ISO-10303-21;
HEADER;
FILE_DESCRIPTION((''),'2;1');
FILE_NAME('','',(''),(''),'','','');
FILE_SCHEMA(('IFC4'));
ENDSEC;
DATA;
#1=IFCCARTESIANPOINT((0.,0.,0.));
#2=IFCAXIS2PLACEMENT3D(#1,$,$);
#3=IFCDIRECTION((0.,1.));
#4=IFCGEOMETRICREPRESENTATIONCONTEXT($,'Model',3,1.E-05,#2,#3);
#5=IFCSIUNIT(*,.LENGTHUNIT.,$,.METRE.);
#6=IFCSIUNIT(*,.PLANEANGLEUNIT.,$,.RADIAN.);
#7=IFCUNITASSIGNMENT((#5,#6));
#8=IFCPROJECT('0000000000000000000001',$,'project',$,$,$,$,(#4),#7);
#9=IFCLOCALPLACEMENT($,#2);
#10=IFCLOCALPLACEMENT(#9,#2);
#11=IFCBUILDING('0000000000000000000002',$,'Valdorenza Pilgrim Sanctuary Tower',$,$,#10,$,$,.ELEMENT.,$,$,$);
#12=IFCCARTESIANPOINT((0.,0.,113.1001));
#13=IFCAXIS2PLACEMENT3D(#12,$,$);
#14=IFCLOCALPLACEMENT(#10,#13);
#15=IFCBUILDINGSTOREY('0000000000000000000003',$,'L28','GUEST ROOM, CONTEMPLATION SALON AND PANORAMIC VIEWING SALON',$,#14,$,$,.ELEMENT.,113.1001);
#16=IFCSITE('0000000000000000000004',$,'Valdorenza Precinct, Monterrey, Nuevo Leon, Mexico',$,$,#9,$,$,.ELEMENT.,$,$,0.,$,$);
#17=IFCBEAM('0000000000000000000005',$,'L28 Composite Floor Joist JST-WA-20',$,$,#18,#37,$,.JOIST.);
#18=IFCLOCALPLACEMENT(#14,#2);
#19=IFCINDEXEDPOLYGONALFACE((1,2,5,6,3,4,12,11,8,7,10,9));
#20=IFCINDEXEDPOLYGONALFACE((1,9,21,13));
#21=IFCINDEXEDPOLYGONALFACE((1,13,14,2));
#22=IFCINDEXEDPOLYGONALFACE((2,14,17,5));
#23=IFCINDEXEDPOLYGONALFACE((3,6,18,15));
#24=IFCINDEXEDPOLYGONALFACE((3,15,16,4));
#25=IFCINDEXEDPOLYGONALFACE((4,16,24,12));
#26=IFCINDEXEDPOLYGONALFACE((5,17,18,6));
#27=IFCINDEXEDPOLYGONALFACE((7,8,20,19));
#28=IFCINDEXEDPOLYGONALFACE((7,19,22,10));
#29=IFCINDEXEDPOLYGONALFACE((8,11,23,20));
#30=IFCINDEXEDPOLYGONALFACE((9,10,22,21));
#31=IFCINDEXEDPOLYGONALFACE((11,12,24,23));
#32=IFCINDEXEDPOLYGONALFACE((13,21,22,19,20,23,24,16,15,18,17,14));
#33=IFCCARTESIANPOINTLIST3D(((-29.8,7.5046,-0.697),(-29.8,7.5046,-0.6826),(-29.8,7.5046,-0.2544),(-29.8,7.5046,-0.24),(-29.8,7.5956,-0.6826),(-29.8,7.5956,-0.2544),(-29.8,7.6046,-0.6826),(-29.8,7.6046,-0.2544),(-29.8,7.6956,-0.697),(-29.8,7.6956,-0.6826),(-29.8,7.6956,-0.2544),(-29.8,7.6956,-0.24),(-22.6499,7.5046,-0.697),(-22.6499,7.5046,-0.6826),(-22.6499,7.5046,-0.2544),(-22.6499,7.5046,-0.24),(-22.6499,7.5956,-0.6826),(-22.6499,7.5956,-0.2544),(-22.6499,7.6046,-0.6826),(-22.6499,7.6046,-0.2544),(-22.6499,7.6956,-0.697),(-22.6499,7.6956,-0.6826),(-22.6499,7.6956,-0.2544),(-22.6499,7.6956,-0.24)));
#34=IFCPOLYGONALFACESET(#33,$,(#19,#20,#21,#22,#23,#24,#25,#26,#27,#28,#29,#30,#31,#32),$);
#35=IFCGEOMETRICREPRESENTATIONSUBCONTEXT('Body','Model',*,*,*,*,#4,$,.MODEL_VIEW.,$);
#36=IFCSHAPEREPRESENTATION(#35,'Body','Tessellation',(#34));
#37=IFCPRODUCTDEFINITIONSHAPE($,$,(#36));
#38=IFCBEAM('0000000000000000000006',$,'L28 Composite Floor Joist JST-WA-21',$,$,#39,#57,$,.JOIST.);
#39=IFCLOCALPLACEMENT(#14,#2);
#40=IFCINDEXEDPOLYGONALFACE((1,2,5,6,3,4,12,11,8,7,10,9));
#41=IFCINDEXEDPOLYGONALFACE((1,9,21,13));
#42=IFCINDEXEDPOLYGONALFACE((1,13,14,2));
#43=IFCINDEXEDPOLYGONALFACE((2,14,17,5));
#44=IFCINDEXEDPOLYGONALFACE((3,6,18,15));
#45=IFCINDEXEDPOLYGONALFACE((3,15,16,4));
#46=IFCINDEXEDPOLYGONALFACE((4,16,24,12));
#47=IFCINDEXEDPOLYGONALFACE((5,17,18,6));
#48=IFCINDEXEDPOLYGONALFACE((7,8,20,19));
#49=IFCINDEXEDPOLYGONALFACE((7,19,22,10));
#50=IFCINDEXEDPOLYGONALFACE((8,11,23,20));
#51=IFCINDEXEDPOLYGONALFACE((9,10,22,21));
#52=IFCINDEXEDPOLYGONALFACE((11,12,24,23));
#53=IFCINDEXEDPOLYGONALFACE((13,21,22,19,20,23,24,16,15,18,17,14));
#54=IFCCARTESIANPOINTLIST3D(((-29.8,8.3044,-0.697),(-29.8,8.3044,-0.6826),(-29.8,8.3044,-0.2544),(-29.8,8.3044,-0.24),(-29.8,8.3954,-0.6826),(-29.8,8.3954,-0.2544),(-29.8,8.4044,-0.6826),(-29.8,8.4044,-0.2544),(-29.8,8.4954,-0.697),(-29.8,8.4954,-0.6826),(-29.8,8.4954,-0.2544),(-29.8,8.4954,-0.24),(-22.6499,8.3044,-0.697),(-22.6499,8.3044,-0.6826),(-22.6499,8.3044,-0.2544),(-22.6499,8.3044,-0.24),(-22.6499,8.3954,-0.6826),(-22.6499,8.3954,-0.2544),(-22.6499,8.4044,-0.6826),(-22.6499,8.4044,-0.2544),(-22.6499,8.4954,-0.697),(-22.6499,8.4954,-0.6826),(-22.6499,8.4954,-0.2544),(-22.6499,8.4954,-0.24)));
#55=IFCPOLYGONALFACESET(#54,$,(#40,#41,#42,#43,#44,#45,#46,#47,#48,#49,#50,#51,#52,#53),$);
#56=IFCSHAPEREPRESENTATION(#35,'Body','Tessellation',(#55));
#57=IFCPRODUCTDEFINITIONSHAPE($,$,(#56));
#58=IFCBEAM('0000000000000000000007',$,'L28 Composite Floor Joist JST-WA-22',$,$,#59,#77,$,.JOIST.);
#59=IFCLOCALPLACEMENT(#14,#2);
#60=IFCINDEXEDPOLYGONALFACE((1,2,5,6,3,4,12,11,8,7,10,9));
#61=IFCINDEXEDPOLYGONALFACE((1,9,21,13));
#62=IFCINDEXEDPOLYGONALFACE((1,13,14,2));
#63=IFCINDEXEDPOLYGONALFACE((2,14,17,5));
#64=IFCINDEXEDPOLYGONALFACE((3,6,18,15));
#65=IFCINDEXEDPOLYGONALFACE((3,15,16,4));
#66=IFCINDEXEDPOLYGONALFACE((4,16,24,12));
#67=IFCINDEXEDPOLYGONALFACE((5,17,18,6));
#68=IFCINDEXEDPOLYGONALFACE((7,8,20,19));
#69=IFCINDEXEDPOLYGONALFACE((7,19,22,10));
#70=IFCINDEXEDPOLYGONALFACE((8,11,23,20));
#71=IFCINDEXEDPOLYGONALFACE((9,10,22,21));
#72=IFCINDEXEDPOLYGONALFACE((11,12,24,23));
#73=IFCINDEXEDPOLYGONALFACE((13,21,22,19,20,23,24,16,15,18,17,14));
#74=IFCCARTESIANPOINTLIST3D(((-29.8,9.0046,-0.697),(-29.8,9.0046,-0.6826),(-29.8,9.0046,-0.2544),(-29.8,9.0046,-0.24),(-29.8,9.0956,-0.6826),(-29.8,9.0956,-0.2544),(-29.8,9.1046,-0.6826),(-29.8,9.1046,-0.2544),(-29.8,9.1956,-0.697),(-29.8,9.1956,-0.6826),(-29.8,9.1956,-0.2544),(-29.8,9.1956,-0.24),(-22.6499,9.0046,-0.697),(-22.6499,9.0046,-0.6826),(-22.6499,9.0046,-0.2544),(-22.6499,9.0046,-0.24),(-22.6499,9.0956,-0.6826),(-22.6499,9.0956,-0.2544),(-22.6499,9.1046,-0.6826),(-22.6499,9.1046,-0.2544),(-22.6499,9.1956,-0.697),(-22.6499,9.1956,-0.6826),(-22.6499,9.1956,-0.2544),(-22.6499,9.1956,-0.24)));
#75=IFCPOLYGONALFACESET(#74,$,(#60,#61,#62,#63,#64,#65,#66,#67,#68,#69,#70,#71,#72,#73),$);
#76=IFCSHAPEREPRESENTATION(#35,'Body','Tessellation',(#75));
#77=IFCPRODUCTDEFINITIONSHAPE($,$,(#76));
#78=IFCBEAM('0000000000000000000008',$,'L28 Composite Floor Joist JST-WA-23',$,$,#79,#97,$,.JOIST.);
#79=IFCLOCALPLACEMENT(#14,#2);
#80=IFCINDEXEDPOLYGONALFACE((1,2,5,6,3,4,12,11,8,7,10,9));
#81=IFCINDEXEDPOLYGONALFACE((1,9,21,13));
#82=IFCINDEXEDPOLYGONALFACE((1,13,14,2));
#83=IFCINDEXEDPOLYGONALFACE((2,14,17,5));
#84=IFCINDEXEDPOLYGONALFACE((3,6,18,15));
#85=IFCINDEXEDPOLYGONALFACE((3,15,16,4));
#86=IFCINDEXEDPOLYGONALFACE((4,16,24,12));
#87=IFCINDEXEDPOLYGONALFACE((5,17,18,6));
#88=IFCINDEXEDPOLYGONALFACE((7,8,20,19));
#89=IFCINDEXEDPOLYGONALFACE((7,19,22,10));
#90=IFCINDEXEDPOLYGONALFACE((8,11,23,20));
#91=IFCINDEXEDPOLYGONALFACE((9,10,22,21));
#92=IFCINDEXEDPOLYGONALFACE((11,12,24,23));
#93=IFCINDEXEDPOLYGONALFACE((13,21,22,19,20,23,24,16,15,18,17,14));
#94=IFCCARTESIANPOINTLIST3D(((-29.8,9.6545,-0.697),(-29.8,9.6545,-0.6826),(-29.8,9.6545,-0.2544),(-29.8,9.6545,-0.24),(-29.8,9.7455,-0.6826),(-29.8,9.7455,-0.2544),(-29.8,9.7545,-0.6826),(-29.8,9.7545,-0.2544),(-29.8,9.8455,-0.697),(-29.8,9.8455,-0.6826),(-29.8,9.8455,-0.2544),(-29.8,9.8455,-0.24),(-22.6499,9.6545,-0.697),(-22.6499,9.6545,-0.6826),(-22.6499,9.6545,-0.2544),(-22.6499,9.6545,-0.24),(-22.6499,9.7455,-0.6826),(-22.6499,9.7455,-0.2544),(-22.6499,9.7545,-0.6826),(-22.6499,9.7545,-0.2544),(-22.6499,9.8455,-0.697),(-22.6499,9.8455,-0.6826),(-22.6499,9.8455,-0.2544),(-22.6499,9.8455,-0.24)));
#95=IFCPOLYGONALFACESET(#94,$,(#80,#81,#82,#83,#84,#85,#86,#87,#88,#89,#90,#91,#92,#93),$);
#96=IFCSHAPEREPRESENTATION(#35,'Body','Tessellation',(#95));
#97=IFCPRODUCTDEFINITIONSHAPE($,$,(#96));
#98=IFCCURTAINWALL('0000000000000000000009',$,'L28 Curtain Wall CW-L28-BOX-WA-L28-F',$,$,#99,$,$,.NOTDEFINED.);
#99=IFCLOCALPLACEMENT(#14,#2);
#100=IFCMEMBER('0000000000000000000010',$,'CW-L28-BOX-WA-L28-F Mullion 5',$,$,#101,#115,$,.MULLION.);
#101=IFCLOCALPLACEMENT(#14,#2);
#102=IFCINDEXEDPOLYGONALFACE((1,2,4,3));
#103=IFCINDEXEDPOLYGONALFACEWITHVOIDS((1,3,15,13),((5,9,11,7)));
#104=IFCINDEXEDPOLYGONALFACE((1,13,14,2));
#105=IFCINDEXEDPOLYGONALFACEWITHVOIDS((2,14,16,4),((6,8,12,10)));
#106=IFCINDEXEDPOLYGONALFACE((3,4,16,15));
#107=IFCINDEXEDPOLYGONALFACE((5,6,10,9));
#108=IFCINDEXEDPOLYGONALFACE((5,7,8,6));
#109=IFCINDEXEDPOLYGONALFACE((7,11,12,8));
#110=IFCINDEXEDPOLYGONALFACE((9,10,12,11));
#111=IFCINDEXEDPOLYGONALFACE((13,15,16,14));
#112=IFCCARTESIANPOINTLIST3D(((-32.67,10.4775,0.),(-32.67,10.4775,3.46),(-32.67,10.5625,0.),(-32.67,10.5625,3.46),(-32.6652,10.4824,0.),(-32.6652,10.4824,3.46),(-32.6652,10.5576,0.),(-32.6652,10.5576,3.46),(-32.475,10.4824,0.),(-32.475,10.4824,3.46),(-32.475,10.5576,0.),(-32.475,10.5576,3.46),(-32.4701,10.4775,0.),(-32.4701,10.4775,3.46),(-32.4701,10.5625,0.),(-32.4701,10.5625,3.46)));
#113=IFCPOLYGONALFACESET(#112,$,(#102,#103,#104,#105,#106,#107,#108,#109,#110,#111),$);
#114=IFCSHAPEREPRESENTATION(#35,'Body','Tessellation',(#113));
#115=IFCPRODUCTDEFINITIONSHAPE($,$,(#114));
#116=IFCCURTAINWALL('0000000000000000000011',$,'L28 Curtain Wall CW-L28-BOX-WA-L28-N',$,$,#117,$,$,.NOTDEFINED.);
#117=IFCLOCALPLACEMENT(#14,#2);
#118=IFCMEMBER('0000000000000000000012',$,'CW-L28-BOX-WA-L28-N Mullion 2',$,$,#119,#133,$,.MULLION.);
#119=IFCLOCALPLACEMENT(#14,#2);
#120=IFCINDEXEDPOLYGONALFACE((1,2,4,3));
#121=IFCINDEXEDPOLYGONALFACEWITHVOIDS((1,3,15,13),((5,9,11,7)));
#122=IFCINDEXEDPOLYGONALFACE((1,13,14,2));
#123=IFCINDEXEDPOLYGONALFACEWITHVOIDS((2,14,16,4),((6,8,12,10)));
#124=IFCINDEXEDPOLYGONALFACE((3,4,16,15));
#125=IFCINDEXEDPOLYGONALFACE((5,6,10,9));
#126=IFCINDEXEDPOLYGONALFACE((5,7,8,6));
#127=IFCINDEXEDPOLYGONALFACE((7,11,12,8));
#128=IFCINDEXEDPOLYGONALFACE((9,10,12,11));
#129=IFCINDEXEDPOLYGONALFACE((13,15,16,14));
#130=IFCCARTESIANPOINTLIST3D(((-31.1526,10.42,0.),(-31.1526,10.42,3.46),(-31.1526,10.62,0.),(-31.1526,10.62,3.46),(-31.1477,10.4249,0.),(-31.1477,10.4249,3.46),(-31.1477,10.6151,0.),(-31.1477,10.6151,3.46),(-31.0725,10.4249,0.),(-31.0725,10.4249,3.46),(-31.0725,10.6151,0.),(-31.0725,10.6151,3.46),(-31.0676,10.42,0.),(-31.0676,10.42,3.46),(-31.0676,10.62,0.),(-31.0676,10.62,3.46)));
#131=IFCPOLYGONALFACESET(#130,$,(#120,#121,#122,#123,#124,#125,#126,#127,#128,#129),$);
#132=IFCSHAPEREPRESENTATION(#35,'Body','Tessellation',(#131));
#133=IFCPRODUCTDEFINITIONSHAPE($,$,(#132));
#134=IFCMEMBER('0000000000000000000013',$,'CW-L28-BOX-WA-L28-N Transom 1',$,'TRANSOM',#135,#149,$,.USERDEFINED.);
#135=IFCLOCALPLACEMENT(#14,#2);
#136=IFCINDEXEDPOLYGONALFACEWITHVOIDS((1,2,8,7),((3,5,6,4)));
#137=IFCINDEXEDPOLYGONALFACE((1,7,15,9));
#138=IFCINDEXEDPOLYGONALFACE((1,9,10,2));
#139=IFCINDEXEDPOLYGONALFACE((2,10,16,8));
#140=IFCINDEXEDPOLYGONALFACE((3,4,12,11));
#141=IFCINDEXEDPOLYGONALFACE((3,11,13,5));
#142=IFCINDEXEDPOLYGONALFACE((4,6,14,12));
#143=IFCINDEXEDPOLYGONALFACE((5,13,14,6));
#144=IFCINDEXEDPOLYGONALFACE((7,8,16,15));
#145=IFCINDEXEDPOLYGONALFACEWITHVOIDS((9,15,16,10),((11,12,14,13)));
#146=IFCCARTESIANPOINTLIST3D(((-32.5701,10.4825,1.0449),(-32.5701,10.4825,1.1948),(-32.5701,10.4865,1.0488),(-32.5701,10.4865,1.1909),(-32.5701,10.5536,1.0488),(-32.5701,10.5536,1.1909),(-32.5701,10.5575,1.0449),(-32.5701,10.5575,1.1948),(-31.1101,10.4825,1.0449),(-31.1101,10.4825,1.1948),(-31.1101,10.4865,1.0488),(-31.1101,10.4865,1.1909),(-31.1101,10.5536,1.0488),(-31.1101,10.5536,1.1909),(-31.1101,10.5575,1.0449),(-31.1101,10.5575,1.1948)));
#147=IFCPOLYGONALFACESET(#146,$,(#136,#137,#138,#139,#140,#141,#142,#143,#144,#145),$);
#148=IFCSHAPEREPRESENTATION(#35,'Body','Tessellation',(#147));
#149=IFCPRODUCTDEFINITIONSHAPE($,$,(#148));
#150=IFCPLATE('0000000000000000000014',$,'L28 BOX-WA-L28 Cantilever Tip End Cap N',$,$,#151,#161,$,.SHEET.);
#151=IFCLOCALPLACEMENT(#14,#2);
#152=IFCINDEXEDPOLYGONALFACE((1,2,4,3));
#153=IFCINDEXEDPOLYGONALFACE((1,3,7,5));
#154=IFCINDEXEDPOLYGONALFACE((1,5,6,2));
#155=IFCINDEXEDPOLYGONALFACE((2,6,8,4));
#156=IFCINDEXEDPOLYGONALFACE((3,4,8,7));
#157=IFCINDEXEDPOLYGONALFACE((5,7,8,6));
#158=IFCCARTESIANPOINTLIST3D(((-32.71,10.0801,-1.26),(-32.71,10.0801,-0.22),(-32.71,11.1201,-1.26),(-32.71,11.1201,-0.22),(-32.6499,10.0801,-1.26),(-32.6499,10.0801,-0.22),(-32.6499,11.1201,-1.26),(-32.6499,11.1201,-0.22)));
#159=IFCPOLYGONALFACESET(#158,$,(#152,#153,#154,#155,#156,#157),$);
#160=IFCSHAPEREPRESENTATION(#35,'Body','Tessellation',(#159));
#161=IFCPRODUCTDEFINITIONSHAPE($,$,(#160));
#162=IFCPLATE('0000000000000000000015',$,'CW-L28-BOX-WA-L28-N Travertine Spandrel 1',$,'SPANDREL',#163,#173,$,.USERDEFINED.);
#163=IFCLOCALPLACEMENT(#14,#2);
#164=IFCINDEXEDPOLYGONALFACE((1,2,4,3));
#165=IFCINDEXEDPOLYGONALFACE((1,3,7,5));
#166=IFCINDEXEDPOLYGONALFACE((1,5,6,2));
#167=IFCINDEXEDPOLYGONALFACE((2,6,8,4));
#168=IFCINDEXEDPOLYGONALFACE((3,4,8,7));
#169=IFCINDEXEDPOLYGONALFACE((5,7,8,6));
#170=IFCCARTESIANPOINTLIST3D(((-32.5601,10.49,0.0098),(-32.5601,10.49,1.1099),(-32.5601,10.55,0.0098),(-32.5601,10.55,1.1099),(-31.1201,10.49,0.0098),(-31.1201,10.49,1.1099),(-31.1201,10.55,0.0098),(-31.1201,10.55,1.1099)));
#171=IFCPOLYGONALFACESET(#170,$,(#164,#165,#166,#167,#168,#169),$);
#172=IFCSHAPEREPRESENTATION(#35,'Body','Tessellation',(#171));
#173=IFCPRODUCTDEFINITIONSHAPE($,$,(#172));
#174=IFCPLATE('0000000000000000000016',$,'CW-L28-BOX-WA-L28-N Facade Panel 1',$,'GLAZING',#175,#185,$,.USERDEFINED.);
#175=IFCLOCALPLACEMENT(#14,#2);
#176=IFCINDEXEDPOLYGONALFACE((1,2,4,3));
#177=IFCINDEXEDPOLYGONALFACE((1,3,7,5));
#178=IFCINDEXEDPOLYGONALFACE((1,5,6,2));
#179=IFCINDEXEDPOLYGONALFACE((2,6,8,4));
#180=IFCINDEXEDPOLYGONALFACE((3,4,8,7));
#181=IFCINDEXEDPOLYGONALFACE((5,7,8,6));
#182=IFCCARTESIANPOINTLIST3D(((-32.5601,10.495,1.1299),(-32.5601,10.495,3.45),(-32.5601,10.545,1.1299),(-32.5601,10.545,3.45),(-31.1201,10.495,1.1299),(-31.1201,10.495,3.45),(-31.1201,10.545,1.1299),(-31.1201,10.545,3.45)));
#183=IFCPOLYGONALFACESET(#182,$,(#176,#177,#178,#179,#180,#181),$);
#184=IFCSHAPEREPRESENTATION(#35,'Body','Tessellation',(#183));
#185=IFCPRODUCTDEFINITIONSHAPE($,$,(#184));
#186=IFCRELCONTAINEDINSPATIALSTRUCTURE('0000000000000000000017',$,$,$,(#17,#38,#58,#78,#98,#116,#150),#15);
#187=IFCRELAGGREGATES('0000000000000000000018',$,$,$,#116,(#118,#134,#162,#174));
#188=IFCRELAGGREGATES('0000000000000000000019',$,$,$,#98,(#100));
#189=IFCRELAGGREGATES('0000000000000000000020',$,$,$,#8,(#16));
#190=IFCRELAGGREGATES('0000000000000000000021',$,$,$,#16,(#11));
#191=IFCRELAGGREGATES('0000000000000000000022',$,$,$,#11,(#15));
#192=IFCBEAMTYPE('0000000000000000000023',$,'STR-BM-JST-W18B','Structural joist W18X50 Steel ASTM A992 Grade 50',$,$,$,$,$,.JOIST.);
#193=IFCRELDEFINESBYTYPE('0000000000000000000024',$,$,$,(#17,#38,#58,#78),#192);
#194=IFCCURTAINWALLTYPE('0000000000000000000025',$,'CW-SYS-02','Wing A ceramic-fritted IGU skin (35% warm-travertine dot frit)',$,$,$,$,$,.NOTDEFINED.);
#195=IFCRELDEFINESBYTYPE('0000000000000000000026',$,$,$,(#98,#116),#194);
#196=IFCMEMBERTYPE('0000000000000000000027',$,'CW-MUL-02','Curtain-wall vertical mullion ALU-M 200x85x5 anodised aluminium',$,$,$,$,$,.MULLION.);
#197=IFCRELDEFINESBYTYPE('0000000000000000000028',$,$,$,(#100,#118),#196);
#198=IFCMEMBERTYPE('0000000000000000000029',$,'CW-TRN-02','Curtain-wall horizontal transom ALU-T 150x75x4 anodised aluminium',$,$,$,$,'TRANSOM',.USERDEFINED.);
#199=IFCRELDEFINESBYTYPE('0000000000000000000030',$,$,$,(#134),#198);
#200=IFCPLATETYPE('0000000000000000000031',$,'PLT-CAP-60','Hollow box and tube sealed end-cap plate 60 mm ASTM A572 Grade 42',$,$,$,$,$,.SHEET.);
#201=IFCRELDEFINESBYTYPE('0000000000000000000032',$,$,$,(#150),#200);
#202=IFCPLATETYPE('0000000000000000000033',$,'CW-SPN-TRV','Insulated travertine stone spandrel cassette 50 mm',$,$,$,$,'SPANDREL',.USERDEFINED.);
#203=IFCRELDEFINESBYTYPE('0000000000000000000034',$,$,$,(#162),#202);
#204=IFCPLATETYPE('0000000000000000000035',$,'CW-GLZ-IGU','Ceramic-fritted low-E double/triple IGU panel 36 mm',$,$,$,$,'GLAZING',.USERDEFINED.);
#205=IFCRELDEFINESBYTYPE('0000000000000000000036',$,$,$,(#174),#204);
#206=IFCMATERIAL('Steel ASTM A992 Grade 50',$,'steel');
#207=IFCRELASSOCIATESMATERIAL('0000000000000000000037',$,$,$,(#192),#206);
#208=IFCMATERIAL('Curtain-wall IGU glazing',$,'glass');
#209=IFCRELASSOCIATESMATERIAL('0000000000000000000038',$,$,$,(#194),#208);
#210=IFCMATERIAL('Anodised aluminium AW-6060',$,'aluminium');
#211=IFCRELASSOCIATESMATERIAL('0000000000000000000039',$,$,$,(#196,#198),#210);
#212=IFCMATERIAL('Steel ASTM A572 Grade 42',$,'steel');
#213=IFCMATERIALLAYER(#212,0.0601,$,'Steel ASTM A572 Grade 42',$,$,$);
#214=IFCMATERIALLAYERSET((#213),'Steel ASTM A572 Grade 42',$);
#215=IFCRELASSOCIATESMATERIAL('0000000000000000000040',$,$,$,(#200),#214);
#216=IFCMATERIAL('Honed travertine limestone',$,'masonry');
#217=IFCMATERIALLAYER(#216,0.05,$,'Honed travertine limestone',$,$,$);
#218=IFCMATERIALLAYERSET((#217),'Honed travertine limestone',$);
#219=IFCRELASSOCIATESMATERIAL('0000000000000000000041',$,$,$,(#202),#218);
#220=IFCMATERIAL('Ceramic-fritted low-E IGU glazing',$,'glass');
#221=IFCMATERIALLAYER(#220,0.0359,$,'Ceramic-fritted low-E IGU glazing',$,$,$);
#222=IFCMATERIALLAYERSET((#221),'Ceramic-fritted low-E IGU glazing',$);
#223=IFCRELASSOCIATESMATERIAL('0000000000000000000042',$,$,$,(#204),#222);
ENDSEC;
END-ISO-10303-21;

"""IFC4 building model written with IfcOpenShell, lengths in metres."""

from ifc_helpers import new_model, si_unit, direction, frame, origin, origin_2d, place, context, subcontext, project, spatial, rectangle, hollow_rectangle, i_section, extrude, source, transform, mapped, material, layer, layer_set, material_profile, profile_set, type_object, element, aggregate, save


model = new_model("IFC4")

# Units and contexts
model_context = context("Model", 3, precision=1e-05, world=origin(), true_north=direction((0.0, 1.0)))
body_context = subcontext(model_context, "Body", "Model", "MODEL_VIEW")
ifc_project = project(units=[si_unit("LENGTHUNIT", "METRE"), si_unit("PLANEANGLEUNIT", "RADIAN")], contexts=[model_context])

# Site, building, storey
site_placement = place(None, origin())
site = spatial("IfcSite", under=ifc_project, at=site_placement, Name="Valdorenza Precinct, Monterrey, Nuevo Leon, Mexico", CompositionType="ELEMENT", RefElevation=0.0)
building_placement = place(site_placement, origin())
building = spatial("IfcBuilding", under=site, at=building_placement, Name="Valdorenza Pilgrim Sanctuary Tower", CompositionType="ELEMENT")
storey_placement = place(building_placement, frame((0.0, 0.0, 113.1001)))
storey = spatial("IfcBuildingStorey", under=building, at=storey_placement, Name="L28", Description="GUEST ROOM, CONTEMPLATION SALON AND PANORAMIC VIEWING SALON", CompositionType="ELEMENT", Elevation=113.1001)

# Beams
ifc_material_1 = material(Name="Steel ASTM A992 Grade 50", Category="steel")
ifc_material_profile_1 = material_profile(ifc_material_1, i_section(OverallWidth=0.1909, OverallDepth=0.457, WebThickness=0.009, FlangeThickness=0.0144, at=origin_2d()), Name="W18X50")
ifc_profile_set_1 = profile_set([ifc_material_profile_1], Name="Steel ASTM A992 Grade 50")
beam_type = type_object("IfcBeamType", Name="STR-BM-JST-W18B", Description="Structural joist W18X50 Steel ASTM A992 Grade 50", PredefinedType="JOIST", material=ifc_profile_set_1)
shared_shape_1 = source(origin(), body_context, "Body", "SweptSolid", [
    extrude(i_section(OverallWidth=0.1909, OverallDepth=0.457, WebThickness=0.009, FlangeThickness=0.0144, at=origin_2d()), origin(), (0.0, 0.0, 1.0), 7.1501),
])
for number, where, z_axis, x_axis, name in (
    (1, (-29.8, 7.6001, -0.4685), (1.0, 0.0, 0.0), (0.0, 1.0, 0.0), "L28 Composite Floor Joist JST-WA-20"),
    (2, (-29.8, 8.3999, -0.4685), (1.0, 0.0, 0.0), (0.0, 1.0, 0.0), "L28 Composite Floor Joist JST-WA-21"),
    (3, (-29.8, 9.1001, -0.4685), (1.0, 0.0, 0.0), (0.0, 1.0, 0.0), "L28 Composite Floor Joist JST-WA-22"),
    (4, (-29.8, 9.75, -0.4685), (1.0, 0.0, 0.0), (0.0, 1.0, 0.0), "L28 Composite Floor Joist JST-WA-23"),
):
    element("IfcBeam", number, at=place(storey_placement, frame(where, z_axis=z_axis, x_axis=x_axis)), inside=storey, type_object=beam_type, Name=name, PredefinedType="JOIST", context=body_context, shape_type="MappedRepresentation", body=[
        mapped(shared_shape_1, transform((0.0, 0.0, 0.0), x_axis=(1.0, 0.0, 0.0), y_axis=(0.0, 1.0, 0.0), z_axis=(0.0, 0.0, 1.0), scale=1.0)),
    ])

# Curtain wall, member
ifc_material_2 = material(Name="Curtain-wall IGU glazing", Category="glass")
curtain_wall_type = type_object("IfcCurtainWallType", Name="CW-SYS-02", Description="Wing A ceramic-fritted IGU skin (35% warm-travertine dot frit)", PredefinedType="NOTDEFINED", material=ifc_material_2)
curtain_wall_1_placement = place(storey_placement, origin())
curtain_wall_1 = element("IfcCurtainWall", 5, at=curtain_wall_1_placement, inside=storey, type_object=curtain_wall_type, Name="L28 Curtain Wall CW-L28-BOX-WA-L28-F", PredefinedType="NOTDEFINED")
ifc_material_3 = material(Name="Anodised aluminium AW-6060", Category="aluminium")
ifc_material_profile_2 = material_profile(ifc_material_3, hollow_rectangle(XDim=0.085, YDim=0.2, WallThickness=0.0049, at=origin_2d()), Name="ALU-M 200x85x5")
ifc_profile_set_2 = profile_set([ifc_material_profile_2], Name="Anodised aluminium AW-6060")
member_type_1 = type_object("IfcMemberType", Name="CW-MUL-02", Description="Curtain-wall vertical mullion ALU-M 200x85x5 anodised aluminium", PredefinedType="MULLION", material=ifc_profile_set_2)
shared_shape_2 = source(origin(), body_context, "Body", "SweptSolid", [
    extrude(hollow_rectangle(XDim=0.085, YDim=0.2, WallThickness=0.0049, at=origin_2d()), origin(), (0.0, 0.0, 1.0), 3.46),
])
member_1_placement = place(storey_placement, frame((-32.5701, 10.52, 0.0), z_axis=(0.0, 0.0, 1.0), x_axis=(0.0, 1.0, 0.0)))
member_1 = element("IfcMember", 6, at=member_1_placement, type_object=member_type_1, Name="CW-L28-BOX-WA-L28-F Mullion 5", PredefinedType="MULLION", context=body_context, shape_type="MappedRepresentation", body=[
    mapped(shared_shape_2, transform((0.0, 0.0, 0.0), x_axis=(1.0, 0.0, 0.0), y_axis=(0.0, 1.0, 0.0), z_axis=(0.0, 0.0, 1.0), scale=1.0)),
])

# Curtain wall, members
curtain_wall_2_placement = place(storey_placement, origin())
curtain_wall_2 = element("IfcCurtainWall", 7, at=curtain_wall_2_placement, inside=storey, type_object=curtain_wall_type, Name="L28 Curtain Wall CW-L28-BOX-WA-L28-N", PredefinedType="NOTDEFINED")
member_2_placement = place(storey_placement, frame((-31.1101, 10.52, 0.0), z_axis=(0.0, 0.0, 1.0), x_axis=(1.0, 0.0, 0.0)))
member_2 = element("IfcMember", 8, at=member_2_placement, type_object=member_type_1, Name="CW-L28-BOX-WA-L28-N Mullion 2", PredefinedType="MULLION", context=body_context, shape_type="MappedRepresentation", body=[
    mapped(shared_shape_2, transform((0.0, 0.0, 0.0), x_axis=(1.0, 0.0, 0.0), y_axis=(0.0, 1.0, 0.0), z_axis=(0.0, 0.0, 1.0), scale=1.0)),
])
ifc_material_profile_3 = material_profile(ifc_material_3, hollow_rectangle(XDim=0.075, YDim=0.1499, WallThickness=0.0039, at=origin_2d()), Name="ALU-T 150x75x4")
ifc_profile_set_3 = profile_set([ifc_material_profile_3], Name="Anodised aluminium AW-6060")
member_type_2 = type_object("IfcMemberType", Name="CW-TRN-02", Description="Curtain-wall horizontal transom ALU-T 150x75x4 anodised aluminium", ElementType="TRANSOM", PredefinedType="USERDEFINED", material=ifc_profile_set_3)
shared_shape_3 = source(origin(), body_context, "Body", "SweptSolid", [
    extrude(hollow_rectangle(XDim=0.075, YDim=0.1499, WallThickness=0.0039, at=origin_2d()), origin(), (0.0, 0.0, 1.0), 1.46),
])
member_3_placement = place(storey_placement, frame((-32.5701, 10.52, 1.1199), z_axis=(1.0, 0.0, 0.0), x_axis=(0.0, 1.0, 0.0)))
member_3 = element("IfcMember", 9, at=member_3_placement, type_object=member_type_2, Name="CW-L28-BOX-WA-L28-N Transom 1", ObjectType="TRANSOM", PredefinedType="USERDEFINED", context=body_context, shape_type="MappedRepresentation", body=[
    mapped(shared_shape_3, transform((0.0, 0.0, 0.0), x_axis=(1.0, 0.0, 0.0), y_axis=(0.0, 1.0, 0.0), z_axis=(0.0, 0.0, 1.0), scale=1.0)),
])

# Plates
ifc_material_4 = material(Name="Steel ASTM A572 Grade 42", Category="steel")
ifc_layer_1 = layer(ifc_material_4, 0.0601, Name="Steel ASTM A572 Grade 42")
ifc_layer_set_1 = layer_set([ifc_layer_1], Name="Steel ASTM A572 Grade 42")
plate_type_1 = type_object("IfcPlateType", Name="PLT-CAP-60", Description="Hollow box and tube sealed end-cap plate 60 mm ASTM A572 Grade 42", PredefinedType="SHEET", material=ifc_layer_set_1)
shared_shape_4 = source(origin(), body_context, "Body", "SweptSolid", [
    extrude(rectangle(XDim=0.0601, YDim=1.04, at=origin_2d()), origin(), (0.0, 0.0, 1.0), 1.04),
])
plate_1_placement = place(storey_placement, frame((-32.6799, 10.6001, -1.26), z_axis=(0.0, 0.0, 1.0), x_axis=(1.0, 0.0, 0.0)))
element("IfcPlate", 10, at=plate_1_placement, inside=storey, type_object=plate_type_1, Name="L28 BOX-WA-L28 Cantilever Tip End Cap N", PredefinedType="SHEET", context=body_context, shape_type="MappedRepresentation", body=[
    mapped(shared_shape_4, transform((0.0, 0.0, 0.0), x_axis=(1.0, 0.0, 0.0), y_axis=(0.0, 1.0, 0.0), z_axis=(0.0, 0.0, 1.0), scale=1.0)),
])
ifc_material_5 = material(Name="Honed travertine limestone", Category="masonry")
ifc_layer_2 = layer(ifc_material_5, 0.05, Name="Honed travertine limestone")
ifc_layer_set_2 = layer_set([ifc_layer_2], Name="Honed travertine limestone")
plate_type_2 = type_object("IfcPlateType", Name="CW-SPN-TRV", Description="Insulated travertine stone spandrel cassette 50 mm", ElementType="SPANDREL", PredefinedType="USERDEFINED", material=ifc_layer_set_2)
shared_shape_5 = source(origin(), body_context, "Body", "SweptSolid", [
    extrude(rectangle(XDim=1.4399, YDim=0.0601, at=origin_2d()), origin(), (0.0, 0.0, 1.0), 1.1001),
])
plate_2_placement = place(storey_placement, frame((-31.8401, 10.52, 0.0098), z_axis=(0.0, 0.0, 1.0), x_axis=(1.0, 0.0, 0.0)))
plate_2 = element("IfcPlate", 11, at=plate_2_placement, type_object=plate_type_2, Name="CW-L28-BOX-WA-L28-N Travertine Spandrel 1", ObjectType="SPANDREL", PredefinedType="USERDEFINED", context=body_context, shape_type="MappedRepresentation", body=[
    mapped(shared_shape_5, transform((0.0, 0.0, 0.0), x_axis=(1.0, 0.0, 0.0), y_axis=(0.0, 1.0, 0.0), z_axis=(0.0, 0.0, 1.0), scale=1.0)),
])
ifc_material_6 = material(Name="Ceramic-fritted low-E IGU glazing", Category="glass")
ifc_layer_3 = layer(ifc_material_6, 0.0359, Name="Ceramic-fritted low-E IGU glazing")
ifc_layer_set_3 = layer_set([ifc_layer_3], Name="Ceramic-fritted low-E IGU glazing")
plate_type_3 = type_object("IfcPlateType", Name="CW-GLZ-IGU", Description="Ceramic-fritted low-E double/triple IGU panel 36 mm", ElementType="GLAZING", PredefinedType="USERDEFINED", material=ifc_layer_set_3)
shared_shape_6 = source(origin(), body_context, "Body", "SweptSolid", [
    extrude(rectangle(XDim=1.4399, YDim=0.05, at=origin_2d()), origin(), (0.0, 0.0, 1.0), 2.3201),
])
plate_3_placement = place(storey_placement, frame((-31.8401, 10.52, 1.1299), z_axis=(0.0, 0.0, 1.0), x_axis=(1.0, 0.0, 0.0)))
plate_3 = element("IfcPlate", 12, at=plate_3_placement, type_object=plate_type_3, Name="CW-L28-BOX-WA-L28-N Facade Panel 1", ObjectType="GLAZING", PredefinedType="USERDEFINED", context=body_context, shape_type="MappedRepresentation", body=[
    mapped(shared_shape_6, transform((0.0, 0.0, 0.0), x_axis=(1.0, 0.0, 0.0), y_axis=(0.0, 1.0, 0.0), z_axis=(0.0, 0.0, 1.0), scale=1.0)),
])
aggregate(curtain_wall_2, [member_2, member_3, plate_2, plate_3])
aggregate(curtain_wall_1, [member_1])

save(model, "model.ifc")
